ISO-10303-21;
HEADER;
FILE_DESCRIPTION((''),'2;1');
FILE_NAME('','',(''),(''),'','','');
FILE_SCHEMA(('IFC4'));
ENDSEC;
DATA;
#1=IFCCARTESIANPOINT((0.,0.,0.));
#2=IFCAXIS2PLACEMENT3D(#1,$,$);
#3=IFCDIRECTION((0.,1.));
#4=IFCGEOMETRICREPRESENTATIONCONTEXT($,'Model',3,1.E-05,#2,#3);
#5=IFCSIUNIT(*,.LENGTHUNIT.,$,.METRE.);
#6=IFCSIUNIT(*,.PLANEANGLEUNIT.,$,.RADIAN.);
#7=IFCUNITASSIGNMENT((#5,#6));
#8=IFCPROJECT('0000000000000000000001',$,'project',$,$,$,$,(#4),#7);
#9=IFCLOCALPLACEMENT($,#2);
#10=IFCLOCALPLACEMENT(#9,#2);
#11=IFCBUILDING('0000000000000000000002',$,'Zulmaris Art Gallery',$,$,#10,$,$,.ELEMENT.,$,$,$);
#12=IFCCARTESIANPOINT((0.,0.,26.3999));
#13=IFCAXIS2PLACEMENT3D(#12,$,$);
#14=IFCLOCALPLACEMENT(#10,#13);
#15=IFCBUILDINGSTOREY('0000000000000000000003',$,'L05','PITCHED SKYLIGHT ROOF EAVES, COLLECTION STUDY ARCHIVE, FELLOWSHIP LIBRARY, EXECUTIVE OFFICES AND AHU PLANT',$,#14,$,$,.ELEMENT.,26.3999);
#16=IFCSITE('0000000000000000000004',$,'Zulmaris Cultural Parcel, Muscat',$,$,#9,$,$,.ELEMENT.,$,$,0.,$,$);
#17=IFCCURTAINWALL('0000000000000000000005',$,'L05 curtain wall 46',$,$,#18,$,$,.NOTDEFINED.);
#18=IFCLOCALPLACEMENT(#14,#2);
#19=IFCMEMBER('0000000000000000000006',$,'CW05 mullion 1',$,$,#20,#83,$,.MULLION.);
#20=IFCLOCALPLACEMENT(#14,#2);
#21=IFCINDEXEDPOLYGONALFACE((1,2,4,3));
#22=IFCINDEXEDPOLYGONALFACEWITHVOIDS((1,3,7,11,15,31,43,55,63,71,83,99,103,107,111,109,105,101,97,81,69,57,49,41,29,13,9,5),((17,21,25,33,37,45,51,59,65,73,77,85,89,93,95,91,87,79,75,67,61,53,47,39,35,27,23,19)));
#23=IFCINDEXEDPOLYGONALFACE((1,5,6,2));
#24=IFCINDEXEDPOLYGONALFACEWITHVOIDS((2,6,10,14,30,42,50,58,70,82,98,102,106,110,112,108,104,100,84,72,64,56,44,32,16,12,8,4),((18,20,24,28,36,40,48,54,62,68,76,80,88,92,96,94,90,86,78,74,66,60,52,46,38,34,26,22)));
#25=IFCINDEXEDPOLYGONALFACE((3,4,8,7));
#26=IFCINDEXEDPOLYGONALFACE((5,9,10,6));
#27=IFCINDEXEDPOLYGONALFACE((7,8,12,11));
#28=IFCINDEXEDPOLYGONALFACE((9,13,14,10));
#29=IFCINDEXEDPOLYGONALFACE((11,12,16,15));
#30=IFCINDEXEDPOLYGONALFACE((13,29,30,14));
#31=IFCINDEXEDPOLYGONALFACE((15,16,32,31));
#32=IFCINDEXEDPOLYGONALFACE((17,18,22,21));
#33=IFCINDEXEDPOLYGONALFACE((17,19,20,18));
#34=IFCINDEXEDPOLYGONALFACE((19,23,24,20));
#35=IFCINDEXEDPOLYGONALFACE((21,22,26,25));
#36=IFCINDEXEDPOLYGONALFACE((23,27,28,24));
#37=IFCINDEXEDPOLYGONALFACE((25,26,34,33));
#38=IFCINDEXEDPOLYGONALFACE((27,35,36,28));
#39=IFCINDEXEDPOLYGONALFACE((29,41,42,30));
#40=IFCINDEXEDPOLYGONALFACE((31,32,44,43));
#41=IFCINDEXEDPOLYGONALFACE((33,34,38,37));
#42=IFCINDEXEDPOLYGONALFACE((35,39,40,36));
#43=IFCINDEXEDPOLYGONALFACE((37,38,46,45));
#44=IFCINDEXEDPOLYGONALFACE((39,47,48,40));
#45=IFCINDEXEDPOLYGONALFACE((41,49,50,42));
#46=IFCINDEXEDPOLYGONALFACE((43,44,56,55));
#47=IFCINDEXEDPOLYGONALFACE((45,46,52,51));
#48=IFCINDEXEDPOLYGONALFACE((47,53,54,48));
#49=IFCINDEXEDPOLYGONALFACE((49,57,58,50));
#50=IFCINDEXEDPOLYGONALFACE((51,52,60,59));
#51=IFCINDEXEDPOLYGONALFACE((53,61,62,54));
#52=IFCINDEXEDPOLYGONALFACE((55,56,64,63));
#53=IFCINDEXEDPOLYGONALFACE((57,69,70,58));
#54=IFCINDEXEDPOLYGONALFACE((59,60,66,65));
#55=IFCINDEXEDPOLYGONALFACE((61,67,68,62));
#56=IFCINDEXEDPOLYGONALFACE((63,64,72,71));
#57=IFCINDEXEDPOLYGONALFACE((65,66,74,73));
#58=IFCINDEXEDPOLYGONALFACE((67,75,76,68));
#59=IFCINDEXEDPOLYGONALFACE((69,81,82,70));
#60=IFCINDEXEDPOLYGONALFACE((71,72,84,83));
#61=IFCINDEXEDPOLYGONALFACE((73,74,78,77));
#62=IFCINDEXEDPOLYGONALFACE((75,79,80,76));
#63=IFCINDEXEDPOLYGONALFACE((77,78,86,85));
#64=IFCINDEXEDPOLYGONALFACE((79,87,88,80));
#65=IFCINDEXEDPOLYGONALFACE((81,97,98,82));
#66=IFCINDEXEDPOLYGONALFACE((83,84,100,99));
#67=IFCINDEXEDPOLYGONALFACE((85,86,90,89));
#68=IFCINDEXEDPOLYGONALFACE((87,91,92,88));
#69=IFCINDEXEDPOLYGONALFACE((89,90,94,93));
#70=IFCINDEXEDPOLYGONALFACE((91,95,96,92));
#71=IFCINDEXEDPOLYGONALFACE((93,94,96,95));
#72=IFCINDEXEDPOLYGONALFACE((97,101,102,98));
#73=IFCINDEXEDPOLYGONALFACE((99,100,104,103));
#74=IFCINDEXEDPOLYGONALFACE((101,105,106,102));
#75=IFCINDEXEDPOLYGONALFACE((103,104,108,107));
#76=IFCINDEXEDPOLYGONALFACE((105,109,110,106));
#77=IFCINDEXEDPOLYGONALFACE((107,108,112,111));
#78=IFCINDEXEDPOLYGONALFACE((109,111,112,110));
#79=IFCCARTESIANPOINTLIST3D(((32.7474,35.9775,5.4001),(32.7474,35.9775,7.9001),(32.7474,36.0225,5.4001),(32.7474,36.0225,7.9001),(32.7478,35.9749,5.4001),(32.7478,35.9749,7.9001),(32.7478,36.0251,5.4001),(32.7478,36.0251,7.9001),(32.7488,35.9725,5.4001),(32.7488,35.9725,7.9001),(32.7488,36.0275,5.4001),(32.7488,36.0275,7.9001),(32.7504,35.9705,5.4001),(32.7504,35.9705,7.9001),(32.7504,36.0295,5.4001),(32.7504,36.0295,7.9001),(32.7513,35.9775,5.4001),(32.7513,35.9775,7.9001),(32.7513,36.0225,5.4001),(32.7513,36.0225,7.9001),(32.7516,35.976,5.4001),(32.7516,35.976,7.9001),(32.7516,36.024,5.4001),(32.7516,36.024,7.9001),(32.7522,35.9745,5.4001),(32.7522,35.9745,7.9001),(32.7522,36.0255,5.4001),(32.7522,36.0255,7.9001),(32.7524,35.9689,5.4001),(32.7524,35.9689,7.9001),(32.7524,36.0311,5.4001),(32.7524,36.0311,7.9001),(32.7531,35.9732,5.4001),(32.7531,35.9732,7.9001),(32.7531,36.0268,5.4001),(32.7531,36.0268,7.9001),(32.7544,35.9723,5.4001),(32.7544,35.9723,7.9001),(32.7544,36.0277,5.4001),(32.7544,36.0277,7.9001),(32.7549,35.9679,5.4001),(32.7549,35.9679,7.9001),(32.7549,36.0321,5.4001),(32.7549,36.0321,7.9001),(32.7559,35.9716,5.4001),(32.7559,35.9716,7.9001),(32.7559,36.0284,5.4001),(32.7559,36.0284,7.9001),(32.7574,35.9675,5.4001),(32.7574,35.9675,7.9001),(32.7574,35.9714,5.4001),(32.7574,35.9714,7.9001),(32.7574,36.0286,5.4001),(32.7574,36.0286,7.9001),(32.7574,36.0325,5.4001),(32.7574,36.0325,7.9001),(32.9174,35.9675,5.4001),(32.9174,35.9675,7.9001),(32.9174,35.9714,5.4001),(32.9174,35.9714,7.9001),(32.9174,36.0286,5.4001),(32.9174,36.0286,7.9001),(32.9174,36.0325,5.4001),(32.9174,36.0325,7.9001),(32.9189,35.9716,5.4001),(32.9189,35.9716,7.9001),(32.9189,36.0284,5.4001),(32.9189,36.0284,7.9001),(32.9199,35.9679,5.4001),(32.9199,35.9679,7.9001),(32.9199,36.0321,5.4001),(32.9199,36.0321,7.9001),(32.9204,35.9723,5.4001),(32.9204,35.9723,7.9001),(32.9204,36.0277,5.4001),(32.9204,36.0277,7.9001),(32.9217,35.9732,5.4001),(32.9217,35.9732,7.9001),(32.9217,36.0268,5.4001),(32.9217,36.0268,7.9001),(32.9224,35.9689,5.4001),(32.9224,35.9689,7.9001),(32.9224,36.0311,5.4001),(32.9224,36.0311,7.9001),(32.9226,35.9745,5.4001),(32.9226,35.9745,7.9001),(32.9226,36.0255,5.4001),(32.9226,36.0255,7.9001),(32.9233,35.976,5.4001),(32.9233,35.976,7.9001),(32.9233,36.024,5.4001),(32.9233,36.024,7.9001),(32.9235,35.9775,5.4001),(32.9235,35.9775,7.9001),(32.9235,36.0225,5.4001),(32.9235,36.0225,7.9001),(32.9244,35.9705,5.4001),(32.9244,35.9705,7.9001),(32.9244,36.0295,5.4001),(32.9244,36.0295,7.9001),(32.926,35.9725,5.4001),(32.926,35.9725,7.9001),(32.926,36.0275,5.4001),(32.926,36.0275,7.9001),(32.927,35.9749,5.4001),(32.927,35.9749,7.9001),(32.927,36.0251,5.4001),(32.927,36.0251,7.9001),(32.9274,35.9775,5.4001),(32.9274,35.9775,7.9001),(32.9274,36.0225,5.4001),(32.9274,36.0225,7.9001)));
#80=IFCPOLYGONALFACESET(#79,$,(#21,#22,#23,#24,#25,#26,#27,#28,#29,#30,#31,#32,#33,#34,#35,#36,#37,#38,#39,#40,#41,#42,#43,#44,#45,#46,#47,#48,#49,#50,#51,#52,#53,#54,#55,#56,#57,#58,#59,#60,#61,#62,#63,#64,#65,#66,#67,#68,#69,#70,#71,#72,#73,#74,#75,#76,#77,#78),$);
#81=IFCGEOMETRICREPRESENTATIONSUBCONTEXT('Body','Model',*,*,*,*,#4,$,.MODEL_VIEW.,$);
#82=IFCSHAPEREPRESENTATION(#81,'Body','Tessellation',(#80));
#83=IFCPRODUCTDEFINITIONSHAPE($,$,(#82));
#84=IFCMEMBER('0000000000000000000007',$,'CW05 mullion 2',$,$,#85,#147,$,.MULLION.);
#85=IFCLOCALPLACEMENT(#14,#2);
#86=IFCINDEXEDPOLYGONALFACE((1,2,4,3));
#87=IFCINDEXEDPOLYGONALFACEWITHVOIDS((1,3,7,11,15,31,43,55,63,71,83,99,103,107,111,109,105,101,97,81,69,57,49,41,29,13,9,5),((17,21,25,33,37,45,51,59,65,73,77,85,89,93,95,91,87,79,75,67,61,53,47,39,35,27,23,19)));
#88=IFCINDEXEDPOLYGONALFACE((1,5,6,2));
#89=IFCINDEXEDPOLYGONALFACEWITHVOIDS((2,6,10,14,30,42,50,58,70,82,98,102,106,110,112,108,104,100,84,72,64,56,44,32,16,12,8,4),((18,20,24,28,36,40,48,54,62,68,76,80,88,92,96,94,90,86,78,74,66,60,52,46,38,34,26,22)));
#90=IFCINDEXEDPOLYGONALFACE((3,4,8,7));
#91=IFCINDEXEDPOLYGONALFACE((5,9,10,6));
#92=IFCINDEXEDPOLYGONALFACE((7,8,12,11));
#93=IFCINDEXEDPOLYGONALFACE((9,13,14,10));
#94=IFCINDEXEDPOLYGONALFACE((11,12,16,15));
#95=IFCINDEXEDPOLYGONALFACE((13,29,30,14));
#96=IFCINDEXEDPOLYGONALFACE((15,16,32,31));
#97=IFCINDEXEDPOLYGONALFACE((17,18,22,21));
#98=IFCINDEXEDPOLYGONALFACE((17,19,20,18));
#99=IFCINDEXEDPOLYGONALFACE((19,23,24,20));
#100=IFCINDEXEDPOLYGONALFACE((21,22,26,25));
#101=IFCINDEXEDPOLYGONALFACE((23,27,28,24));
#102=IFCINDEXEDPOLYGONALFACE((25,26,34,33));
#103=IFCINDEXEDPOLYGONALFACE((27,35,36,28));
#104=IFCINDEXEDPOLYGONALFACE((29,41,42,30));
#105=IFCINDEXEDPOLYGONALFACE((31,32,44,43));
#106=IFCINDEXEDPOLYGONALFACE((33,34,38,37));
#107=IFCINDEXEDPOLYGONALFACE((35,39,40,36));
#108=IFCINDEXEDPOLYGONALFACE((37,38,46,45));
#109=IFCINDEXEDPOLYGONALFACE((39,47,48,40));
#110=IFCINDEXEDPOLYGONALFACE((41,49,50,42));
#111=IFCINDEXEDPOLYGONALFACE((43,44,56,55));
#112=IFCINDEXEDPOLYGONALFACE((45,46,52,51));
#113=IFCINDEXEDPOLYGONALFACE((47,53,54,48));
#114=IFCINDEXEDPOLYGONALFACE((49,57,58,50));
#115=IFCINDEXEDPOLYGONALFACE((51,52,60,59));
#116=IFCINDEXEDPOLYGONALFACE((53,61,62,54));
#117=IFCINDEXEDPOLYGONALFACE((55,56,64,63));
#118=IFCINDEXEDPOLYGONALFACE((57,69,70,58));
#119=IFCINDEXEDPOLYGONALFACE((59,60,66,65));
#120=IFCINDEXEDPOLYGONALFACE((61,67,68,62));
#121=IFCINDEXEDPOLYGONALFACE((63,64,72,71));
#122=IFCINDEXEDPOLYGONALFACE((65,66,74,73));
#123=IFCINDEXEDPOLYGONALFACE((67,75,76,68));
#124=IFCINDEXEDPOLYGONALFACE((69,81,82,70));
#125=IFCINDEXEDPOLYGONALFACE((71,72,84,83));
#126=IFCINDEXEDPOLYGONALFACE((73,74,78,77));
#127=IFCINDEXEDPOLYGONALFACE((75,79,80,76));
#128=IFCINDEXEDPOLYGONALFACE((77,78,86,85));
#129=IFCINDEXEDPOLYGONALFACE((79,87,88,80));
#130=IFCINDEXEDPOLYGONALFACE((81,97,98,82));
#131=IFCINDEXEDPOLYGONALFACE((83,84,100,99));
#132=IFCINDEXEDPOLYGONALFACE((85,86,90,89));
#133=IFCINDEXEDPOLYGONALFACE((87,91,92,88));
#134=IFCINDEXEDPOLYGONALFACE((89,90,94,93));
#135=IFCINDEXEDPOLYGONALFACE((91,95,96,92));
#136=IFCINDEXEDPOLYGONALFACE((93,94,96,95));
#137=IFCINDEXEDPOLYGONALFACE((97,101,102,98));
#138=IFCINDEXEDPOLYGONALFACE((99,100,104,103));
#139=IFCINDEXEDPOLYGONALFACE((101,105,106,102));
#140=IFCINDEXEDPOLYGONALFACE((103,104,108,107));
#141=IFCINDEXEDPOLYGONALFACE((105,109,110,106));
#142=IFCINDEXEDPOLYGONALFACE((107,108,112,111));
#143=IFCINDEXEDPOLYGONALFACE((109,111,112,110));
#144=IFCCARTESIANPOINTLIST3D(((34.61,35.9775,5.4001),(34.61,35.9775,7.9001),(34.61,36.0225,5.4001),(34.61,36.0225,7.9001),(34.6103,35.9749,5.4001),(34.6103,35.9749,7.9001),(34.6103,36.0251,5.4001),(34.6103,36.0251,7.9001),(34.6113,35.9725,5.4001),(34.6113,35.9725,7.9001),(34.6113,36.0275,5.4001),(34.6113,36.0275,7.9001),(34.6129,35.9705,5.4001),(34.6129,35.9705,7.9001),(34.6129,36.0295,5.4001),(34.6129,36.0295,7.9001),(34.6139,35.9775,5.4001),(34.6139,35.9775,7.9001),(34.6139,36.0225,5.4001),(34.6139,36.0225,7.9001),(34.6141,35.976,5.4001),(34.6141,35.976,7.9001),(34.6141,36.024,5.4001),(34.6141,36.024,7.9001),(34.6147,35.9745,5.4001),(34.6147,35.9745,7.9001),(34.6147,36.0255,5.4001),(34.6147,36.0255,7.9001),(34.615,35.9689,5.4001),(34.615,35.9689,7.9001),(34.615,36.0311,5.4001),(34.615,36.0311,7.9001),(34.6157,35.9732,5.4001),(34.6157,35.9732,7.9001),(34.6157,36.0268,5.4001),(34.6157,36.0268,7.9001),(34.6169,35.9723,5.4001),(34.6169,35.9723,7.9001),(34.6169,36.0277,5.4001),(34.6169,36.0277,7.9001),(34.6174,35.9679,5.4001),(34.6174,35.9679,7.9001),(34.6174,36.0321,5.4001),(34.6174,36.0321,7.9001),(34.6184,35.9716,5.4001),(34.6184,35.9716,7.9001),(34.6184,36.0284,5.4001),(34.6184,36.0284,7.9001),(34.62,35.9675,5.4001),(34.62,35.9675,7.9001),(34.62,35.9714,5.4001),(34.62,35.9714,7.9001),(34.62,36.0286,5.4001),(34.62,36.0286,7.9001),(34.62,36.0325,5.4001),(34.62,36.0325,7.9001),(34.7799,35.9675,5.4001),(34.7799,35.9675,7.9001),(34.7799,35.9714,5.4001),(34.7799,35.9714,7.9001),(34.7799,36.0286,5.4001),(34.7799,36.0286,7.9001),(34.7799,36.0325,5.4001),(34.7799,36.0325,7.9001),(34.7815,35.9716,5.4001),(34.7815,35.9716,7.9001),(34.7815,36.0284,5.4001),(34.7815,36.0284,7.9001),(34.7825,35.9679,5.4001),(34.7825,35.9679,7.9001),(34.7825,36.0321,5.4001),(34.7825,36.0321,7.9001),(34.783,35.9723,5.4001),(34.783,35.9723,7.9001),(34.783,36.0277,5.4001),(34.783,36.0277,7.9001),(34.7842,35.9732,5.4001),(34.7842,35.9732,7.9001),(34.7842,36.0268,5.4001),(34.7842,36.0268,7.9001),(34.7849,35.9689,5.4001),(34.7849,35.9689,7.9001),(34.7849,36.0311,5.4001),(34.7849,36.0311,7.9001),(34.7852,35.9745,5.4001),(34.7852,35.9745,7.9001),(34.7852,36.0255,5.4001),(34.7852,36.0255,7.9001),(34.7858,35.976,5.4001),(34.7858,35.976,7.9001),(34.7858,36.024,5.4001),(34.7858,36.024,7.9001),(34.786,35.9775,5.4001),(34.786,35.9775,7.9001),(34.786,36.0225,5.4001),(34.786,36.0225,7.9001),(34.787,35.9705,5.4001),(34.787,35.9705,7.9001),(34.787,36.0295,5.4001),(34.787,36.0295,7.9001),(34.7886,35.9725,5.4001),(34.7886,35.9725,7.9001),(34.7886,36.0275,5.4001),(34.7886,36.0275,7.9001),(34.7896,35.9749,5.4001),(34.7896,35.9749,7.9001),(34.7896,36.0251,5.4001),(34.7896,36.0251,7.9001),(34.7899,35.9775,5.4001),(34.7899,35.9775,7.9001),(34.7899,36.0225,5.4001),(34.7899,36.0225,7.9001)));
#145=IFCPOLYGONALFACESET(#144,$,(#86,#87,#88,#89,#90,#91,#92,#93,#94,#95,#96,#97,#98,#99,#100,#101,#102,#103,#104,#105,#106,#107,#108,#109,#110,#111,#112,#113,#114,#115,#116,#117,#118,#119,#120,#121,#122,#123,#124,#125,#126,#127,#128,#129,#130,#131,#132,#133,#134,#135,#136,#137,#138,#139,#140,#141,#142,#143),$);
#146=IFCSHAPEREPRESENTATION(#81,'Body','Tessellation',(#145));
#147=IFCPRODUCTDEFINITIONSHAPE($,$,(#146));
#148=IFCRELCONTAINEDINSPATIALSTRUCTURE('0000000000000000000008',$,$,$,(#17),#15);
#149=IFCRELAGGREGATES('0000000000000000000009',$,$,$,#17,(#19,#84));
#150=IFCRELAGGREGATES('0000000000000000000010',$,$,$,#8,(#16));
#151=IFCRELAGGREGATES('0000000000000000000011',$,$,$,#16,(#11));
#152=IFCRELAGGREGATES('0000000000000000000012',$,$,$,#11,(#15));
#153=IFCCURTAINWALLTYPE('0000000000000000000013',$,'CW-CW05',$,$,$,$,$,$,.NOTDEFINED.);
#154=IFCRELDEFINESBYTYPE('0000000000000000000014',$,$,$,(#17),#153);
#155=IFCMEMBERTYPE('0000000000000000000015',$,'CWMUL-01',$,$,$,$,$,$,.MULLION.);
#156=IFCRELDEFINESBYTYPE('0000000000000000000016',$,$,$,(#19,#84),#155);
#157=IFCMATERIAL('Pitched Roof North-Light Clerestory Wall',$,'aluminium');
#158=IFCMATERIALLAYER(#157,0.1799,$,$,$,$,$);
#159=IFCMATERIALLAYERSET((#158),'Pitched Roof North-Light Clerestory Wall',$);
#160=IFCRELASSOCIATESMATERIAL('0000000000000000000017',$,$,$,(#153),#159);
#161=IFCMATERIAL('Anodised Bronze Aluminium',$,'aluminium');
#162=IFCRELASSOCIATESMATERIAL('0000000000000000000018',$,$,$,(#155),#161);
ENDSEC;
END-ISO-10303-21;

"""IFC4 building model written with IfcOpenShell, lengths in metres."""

from ifc_helpers import new_model, si_unit, direction, frame, origin, origin_2d, place, context, subcontext, project, spatial, hollow_rectangle, extrude, material, layer, layer_set, material_profile, profile_set, type_object, element, aggregate, save


model = new_model("IFC4")

# Units and contexts
model_context = context("Model", 3, precision=1e-05, world=origin(), true_north=direction((0.0, 1.0)))
body_context = subcontext(model_context, "Body", "Model", "MODEL_VIEW")
ifc_project = project(units=[si_unit("LENGTHUNIT", "METRE"), si_unit("PLANEANGLEUNIT", "RADIAN")], contexts=[model_context])

# Site, building, storey
site_placement = place(None, origin())
site = spatial("IfcSite", under=ifc_project, at=site_placement, Name="Zulmaris Cultural Parcel, Muscat", CompositionType="ELEMENT", RefElevation=0.0)
building_placement = place(site_placement, origin())
building = spatial("IfcBuilding", under=site, at=building_placement, Name="Zulmaris Art Gallery", CompositionType="ELEMENT")
storey_placement = place(building_placement, frame((0.0, 0.0, 26.3999)))
storey = spatial("IfcBuildingStorey", under=building, at=storey_placement, Name="L05", Description="PITCHED SKYLIGHT ROOF EAVES, COLLECTION STUDY ARCHIVE, FELLOWSHIP LIBRARY, EXECUTIVE OFFICES AND AHU PLANT", CompositionType="ELEMENT", Elevation=26.3999)

# Curtain wall, members
ifc_material_1 = material(Name="Pitched Roof North-Light Clerestory Wall", Category="aluminium")
ifc_layer_1 = layer(ifc_material_1, 0.1799)
ifc_layer_set_1 = layer_set([ifc_layer_1], Name="Pitched Roof North-Light Clerestory Wall")
curtain_wall_type = type_object("IfcCurtainWallType", Name="CW-CW05", PredefinedType="NOTDEFINED", material=ifc_layer_set_1)
curtain_wall_placement = place(storey_placement, origin())
curtain_wall = element("IfcCurtainWall", 1, at=curtain_wall_placement, inside=storey, type_object=curtain_wall_type, Name="L05 curtain wall 46", PredefinedType="NOTDEFINED")
ifc_material_2 = material(Name="Anodised Bronze Aluminium", Category="aluminium")
ifc_material_profile_1 = material_profile(ifc_material_2, hollow_rectangle(XDim=0.0649, YDim=0.1799, WallThickness=0.0039, InnerFilletRadius=0.0061, OuterFilletRadius=0.01, at=origin_2d()), Name="ALU 65x180x4")
ifc_profile_set_1 = profile_set([ifc_material_profile_1], Name="Anodised Bronze Aluminium")
member_type_1 = type_object("IfcMemberType", Name="CWMUL-01", PredefinedType="MULLION", material=ifc_profile_set_1)
member_1_placement = place(storey_placement, frame((32.8374, 36.0, 5.4001), z_axis=(0.0, 0.0, 1.0), x_axis=(0.0, 1.0, 0.0)))
member_1 = element("IfcMember", 2, at=member_1_placement, type_object=member_type_1, Name="CW05 mullion 1", PredefinedType="MULLION", context=body_context, shape_type="SweptSolid", body=[
    extrude(hollow_rectangle(XDim=0.0649, YDim=0.1799, WallThickness=0.0039, InnerFilletRadius=0.0061, OuterFilletRadius=0.01, at=origin_2d()), origin(), (0.0, 0.0, 1.0), 2.5),
])
member_2_placement = place(storey_placement, frame((34.7, 36.0, 5.4001), z_axis=(0.0, 0.0, 1.0), x_axis=(0.0, 1.0, 0.0)))
member_2 = element("IfcMember", 3, at=member_2_placement, type_object=member_type_1, Name="CW05 mullion 2", PredefinedType="MULLION", context=body_context, shape_type="SweptSolid", body=[
    extrude(hollow_rectangle(XDim=0.0649, YDim=0.1799, WallThickness=0.0039, InnerFilletRadius=0.0061, OuterFilletRadius=0.01, at=origin_2d()), origin(), (0.0, 0.0, 1.0), 2.5),
])

aggregate(curtain_wall, [member_1, member_2])

save(model, "model.ifc")
